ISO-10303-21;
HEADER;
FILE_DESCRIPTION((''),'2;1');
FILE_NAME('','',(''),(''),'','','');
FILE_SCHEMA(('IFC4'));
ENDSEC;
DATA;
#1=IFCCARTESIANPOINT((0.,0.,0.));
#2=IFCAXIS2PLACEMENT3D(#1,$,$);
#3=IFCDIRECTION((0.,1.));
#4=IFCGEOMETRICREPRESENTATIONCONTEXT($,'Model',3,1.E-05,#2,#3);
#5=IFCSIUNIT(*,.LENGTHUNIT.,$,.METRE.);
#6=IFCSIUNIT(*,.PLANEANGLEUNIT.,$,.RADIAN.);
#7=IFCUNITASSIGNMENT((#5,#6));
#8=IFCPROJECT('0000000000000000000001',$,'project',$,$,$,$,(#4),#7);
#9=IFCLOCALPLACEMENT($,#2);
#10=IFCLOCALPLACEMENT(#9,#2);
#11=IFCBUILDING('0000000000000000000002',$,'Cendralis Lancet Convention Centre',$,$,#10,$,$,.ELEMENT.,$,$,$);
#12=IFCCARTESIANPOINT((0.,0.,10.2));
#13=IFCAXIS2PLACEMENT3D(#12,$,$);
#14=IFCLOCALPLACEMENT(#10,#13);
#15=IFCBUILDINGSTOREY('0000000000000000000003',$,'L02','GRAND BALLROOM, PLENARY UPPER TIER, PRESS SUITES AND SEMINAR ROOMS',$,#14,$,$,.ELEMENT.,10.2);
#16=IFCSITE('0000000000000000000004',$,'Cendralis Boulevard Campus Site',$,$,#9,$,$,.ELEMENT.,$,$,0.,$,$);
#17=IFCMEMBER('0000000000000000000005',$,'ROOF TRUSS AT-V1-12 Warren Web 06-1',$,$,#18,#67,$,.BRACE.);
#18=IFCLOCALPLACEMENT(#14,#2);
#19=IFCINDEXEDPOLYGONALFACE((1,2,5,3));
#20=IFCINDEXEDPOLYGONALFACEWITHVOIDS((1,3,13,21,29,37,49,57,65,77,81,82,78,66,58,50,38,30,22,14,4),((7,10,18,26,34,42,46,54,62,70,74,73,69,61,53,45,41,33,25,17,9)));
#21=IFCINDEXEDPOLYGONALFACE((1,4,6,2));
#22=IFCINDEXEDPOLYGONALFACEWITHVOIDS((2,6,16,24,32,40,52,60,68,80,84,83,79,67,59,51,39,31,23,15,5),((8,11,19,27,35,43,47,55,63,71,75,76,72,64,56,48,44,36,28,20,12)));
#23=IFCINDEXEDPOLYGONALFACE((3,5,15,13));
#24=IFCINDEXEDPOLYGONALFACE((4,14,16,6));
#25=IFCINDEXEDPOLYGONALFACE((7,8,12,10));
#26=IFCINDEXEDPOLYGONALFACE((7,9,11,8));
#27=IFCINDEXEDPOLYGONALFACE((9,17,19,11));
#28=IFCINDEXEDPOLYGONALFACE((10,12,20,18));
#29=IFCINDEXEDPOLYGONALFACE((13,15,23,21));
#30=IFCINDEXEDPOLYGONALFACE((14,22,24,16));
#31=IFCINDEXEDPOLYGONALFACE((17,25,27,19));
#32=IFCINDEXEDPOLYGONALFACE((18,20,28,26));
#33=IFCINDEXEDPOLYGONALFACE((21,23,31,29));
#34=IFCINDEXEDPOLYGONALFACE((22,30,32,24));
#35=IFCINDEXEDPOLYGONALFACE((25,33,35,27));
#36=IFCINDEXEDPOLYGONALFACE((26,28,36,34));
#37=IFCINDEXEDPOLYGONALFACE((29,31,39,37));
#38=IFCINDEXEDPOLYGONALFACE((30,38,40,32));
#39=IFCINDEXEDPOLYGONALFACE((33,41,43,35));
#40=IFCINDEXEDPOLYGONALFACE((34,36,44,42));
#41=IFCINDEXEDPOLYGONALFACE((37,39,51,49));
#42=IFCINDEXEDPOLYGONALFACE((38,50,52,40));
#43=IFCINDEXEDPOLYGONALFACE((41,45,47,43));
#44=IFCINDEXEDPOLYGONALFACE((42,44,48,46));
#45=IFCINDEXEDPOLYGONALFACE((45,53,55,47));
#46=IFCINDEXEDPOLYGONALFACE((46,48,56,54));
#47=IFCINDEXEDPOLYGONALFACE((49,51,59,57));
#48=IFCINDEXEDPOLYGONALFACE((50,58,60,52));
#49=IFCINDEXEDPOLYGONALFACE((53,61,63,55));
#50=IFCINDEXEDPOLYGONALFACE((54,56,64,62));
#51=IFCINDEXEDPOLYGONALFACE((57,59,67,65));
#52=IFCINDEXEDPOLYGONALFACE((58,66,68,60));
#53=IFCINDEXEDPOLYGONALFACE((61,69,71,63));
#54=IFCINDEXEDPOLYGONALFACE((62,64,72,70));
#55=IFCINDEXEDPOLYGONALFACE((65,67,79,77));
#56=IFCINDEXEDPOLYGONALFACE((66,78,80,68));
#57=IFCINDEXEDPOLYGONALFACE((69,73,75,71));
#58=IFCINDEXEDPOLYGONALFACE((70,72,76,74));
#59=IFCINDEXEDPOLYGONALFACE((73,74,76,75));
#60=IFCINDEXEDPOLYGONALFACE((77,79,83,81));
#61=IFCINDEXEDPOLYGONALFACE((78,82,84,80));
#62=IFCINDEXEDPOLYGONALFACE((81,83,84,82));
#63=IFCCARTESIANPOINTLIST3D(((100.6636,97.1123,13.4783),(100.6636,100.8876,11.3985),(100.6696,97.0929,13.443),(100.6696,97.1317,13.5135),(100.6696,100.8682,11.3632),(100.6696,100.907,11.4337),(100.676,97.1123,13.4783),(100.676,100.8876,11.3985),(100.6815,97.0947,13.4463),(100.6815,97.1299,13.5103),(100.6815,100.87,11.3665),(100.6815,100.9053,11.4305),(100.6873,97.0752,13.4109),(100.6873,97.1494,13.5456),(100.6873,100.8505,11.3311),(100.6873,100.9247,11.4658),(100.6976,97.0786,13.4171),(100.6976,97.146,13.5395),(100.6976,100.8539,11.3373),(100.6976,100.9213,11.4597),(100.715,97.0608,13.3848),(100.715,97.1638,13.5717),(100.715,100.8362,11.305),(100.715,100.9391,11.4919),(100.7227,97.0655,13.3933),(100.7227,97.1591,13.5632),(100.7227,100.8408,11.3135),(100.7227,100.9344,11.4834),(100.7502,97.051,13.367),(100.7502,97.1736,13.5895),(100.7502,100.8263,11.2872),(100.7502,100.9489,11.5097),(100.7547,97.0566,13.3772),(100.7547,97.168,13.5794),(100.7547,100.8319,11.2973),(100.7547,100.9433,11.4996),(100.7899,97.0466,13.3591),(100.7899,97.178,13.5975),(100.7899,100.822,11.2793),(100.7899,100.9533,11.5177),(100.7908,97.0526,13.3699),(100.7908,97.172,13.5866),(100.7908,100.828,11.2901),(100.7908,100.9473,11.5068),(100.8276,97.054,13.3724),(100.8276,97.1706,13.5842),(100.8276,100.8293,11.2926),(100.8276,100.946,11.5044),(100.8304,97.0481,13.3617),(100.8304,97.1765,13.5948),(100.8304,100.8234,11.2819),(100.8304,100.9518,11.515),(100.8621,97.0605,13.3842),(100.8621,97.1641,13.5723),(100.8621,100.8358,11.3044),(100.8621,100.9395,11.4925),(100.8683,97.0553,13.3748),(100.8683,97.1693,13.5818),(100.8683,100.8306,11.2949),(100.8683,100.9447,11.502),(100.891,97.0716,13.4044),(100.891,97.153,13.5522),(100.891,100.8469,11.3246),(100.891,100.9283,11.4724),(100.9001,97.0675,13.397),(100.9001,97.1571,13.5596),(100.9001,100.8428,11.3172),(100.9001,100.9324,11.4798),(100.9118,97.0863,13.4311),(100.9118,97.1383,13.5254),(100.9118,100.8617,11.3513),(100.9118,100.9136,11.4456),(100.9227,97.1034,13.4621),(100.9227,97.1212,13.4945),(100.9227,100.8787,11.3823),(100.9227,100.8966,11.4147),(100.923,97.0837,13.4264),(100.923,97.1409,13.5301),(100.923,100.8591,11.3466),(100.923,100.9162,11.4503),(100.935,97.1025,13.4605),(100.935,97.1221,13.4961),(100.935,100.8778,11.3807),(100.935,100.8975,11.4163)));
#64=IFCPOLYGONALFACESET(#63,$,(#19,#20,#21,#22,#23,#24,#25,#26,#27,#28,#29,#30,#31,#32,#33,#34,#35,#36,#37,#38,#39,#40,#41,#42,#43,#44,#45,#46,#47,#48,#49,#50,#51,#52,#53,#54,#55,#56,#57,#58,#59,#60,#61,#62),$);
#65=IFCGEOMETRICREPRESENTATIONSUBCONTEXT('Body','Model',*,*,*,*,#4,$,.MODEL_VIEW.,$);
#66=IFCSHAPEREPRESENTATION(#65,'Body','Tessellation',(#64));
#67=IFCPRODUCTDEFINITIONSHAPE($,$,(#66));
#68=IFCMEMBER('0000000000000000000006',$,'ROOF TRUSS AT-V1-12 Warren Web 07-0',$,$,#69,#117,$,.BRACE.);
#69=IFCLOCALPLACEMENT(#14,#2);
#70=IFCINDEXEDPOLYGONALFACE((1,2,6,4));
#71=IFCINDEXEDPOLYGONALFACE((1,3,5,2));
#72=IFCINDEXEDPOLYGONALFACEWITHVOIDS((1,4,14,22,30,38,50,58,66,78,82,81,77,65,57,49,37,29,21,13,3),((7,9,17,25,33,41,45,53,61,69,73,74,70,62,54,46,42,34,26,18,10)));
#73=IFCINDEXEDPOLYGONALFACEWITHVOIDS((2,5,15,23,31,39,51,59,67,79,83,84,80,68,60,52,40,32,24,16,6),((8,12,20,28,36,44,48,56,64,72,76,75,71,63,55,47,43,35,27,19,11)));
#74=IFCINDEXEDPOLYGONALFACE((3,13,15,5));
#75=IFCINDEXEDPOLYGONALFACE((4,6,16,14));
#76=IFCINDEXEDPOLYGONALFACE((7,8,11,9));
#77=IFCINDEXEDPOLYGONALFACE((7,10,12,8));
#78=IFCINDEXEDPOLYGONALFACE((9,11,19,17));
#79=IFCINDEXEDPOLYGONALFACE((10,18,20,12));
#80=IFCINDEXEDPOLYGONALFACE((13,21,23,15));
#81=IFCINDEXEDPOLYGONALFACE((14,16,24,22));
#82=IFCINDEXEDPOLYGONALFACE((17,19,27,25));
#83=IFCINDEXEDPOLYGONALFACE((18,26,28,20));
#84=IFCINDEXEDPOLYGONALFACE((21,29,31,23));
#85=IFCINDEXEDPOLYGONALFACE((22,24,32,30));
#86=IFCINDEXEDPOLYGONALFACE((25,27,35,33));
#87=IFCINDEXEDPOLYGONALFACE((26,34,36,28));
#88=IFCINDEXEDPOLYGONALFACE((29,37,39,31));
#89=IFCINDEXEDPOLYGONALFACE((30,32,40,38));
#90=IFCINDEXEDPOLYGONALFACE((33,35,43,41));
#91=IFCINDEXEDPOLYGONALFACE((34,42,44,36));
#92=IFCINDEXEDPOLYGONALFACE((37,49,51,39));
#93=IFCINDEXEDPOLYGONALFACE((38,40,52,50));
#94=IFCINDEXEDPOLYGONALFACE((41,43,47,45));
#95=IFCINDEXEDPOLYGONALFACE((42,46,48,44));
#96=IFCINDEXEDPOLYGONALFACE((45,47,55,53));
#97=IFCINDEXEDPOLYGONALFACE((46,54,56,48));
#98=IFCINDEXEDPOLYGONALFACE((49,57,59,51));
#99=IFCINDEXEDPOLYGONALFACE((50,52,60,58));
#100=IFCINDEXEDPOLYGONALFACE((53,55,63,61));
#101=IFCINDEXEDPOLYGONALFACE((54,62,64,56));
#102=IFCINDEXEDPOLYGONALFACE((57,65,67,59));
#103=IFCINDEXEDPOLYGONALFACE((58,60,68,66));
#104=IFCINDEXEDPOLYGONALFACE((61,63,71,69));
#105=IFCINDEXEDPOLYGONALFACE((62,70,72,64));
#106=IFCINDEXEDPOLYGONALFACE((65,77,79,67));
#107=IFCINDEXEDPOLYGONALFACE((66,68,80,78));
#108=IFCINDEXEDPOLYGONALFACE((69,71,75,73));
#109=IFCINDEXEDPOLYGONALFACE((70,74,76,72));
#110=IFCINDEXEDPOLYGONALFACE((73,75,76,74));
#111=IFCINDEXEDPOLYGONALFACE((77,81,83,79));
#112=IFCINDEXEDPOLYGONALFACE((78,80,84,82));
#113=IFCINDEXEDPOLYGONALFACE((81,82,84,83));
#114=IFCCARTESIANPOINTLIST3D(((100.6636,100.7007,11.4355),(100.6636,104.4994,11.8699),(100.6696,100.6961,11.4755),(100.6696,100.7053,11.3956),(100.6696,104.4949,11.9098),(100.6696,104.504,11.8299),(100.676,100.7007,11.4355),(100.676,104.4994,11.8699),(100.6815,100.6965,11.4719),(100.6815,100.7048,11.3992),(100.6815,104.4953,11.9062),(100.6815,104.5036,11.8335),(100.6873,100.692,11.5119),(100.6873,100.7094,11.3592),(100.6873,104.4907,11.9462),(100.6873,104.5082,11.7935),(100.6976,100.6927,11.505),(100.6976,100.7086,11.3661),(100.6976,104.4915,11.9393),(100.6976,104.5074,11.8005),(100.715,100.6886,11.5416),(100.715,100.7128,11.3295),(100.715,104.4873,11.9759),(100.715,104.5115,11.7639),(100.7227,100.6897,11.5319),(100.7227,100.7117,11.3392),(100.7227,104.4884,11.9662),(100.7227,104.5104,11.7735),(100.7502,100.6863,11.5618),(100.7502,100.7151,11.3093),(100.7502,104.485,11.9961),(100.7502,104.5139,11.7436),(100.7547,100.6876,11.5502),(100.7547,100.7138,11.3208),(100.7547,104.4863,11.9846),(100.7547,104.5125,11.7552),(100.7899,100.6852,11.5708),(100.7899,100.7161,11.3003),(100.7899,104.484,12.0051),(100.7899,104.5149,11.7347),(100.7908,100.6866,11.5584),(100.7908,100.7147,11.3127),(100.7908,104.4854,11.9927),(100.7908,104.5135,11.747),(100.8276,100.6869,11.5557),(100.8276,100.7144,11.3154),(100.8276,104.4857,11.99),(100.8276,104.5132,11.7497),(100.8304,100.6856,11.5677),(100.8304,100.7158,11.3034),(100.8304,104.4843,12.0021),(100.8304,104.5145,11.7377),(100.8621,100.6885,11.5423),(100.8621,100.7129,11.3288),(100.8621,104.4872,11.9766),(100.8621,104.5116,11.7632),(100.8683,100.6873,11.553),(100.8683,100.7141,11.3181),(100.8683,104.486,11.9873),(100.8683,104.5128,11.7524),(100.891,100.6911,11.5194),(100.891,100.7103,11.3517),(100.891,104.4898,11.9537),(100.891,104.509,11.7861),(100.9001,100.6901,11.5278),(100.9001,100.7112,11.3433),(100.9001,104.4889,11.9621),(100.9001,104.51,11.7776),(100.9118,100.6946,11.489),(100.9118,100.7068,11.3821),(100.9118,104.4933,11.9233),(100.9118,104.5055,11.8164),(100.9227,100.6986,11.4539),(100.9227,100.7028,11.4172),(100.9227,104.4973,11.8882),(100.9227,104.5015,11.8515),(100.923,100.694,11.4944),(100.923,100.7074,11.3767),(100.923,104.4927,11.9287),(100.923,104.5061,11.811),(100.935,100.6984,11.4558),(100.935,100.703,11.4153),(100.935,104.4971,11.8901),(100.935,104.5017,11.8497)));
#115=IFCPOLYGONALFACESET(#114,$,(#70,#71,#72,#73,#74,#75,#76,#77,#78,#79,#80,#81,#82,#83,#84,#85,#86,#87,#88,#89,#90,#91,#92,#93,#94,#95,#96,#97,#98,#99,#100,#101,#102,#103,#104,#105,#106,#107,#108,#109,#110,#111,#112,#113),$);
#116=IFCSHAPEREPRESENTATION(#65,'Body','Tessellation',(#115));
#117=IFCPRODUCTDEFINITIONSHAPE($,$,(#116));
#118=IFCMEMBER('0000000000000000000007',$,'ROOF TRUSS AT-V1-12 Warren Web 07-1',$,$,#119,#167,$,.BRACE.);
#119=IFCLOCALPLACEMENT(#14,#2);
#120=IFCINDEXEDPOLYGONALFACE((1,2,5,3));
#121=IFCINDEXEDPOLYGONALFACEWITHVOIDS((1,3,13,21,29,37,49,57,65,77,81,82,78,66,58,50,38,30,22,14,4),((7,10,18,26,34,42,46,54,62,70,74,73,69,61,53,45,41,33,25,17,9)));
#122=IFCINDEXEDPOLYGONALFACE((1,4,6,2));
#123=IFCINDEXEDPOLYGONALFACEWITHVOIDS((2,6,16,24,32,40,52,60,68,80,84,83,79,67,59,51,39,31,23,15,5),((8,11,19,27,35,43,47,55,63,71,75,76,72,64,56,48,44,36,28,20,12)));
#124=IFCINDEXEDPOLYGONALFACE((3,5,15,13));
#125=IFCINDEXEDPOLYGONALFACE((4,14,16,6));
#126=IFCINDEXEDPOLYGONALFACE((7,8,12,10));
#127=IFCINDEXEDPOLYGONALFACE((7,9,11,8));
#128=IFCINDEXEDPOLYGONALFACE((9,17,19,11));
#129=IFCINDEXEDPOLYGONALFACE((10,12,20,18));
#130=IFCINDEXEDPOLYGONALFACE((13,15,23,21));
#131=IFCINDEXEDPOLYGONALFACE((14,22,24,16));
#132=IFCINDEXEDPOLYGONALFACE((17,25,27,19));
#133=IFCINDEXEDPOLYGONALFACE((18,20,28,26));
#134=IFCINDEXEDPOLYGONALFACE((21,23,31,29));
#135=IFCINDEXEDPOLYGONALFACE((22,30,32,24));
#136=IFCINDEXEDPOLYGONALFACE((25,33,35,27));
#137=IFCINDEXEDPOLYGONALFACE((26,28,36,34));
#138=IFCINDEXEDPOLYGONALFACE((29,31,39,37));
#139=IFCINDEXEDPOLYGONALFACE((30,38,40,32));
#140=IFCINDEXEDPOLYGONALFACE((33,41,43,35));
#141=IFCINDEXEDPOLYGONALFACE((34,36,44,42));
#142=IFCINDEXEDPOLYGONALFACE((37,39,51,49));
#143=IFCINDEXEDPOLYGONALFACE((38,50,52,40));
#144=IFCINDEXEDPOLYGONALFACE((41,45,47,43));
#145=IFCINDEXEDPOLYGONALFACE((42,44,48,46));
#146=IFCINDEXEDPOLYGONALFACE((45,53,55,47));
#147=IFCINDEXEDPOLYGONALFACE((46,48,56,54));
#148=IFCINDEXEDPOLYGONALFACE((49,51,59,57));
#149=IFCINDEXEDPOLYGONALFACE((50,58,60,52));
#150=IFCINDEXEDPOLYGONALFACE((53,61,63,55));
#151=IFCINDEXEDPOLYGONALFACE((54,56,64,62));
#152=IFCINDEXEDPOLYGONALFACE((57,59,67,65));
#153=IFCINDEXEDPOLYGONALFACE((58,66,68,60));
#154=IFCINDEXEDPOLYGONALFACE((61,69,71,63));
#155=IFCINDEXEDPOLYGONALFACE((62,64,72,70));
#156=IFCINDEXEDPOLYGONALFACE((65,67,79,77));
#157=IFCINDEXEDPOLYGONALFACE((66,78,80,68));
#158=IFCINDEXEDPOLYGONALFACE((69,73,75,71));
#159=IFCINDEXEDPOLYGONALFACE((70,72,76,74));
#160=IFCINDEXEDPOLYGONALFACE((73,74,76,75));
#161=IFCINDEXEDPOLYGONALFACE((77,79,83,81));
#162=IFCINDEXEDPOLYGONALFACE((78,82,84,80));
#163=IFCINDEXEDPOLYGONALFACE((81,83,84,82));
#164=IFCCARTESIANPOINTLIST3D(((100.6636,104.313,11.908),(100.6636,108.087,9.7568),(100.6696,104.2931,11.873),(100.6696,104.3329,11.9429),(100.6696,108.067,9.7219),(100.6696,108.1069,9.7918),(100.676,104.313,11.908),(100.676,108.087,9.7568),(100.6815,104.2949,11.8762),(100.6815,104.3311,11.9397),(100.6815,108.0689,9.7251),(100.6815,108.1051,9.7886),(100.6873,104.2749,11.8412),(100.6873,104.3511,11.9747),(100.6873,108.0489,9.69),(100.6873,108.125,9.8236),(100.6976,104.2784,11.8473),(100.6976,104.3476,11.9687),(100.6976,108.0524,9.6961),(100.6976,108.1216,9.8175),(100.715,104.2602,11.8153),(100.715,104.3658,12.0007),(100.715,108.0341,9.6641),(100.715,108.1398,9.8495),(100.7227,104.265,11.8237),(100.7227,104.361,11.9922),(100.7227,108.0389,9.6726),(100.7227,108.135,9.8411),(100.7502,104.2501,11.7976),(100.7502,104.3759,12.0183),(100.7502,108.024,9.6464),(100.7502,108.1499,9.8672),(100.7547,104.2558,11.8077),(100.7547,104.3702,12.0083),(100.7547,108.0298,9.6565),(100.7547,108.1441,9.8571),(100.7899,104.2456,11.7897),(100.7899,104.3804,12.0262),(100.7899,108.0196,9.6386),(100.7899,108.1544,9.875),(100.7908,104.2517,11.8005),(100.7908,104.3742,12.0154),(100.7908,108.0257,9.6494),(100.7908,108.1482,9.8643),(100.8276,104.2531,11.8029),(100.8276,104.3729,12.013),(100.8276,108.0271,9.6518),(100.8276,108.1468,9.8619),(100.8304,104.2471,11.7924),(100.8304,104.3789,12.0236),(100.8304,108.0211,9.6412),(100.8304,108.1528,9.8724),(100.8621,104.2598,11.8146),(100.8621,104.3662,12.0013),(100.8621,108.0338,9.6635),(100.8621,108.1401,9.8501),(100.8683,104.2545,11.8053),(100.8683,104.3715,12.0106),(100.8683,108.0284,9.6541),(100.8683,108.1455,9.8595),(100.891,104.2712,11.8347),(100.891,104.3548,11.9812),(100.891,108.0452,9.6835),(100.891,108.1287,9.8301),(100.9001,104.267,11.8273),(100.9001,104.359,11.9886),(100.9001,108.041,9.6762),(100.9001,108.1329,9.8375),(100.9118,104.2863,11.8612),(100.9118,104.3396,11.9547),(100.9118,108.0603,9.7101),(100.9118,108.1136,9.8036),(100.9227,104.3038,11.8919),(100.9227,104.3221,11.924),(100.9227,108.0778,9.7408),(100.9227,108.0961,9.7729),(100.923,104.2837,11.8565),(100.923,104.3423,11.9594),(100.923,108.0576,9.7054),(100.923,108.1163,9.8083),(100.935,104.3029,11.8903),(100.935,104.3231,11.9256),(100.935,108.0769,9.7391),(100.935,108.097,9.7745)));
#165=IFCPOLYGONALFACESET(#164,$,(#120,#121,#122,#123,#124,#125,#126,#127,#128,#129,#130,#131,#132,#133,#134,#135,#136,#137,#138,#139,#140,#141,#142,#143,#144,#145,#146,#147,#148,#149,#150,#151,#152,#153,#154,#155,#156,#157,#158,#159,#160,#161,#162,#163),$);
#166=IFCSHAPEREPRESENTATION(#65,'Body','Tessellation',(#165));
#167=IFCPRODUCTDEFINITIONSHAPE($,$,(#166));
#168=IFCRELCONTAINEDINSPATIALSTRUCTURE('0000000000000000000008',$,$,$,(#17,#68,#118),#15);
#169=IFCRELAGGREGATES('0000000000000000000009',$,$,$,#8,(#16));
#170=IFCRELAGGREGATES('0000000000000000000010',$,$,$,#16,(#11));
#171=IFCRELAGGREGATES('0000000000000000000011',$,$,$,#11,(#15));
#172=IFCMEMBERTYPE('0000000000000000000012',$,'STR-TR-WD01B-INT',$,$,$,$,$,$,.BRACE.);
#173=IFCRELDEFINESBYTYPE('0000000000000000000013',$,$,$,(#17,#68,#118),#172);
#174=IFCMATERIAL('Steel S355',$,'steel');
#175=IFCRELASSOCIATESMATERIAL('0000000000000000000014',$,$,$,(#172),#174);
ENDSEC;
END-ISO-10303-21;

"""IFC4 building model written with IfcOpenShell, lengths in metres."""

from ifc_helpers import new_model, si_unit, direction, frame, origin, origin_2d, place, context, subcontext, project, spatial, hollow_circle, extrude, material, material_profile, profile_set, type_object, element, save


model = new_model("IFC4")

# Units and contexts
model_context = context("Model", 3, precision=1e-05, world=origin(), true_north=direction((0.0, 1.0)))
body_context = subcontext(model_context, "Body", "Model", "MODEL_VIEW")
ifc_project = project(units=[si_unit("LENGTHUNIT", "METRE"), si_unit("PLANEANGLEUNIT", "RADIAN")], contexts=[model_context])

# Site, building, storey
site_placement = place(None, origin())
site = spatial("IfcSite", under=ifc_project, at=site_placement, Name="Cendralis Boulevard Campus Site", CompositionType="ELEMENT", RefElevation=0.0)
building_placement = place(site_placement, origin())
building = spatial("IfcBuilding", under=site, at=building_placement, Name="Cendralis Lancet Convention Centre", CompositionType="ELEMENT")
storey_placement = place(building_placement, frame((0.0, 0.0, 10.2)))
storey = spatial("IfcBuildingStorey", under=building, at=storey_placement, Name="L02", Description="GRAND BALLROOM, PLENARY UPPER TIER, PRESS SUITES AND SEMINAR ROOMS", CompositionType="ELEMENT", Elevation=10.2)

# Members
ifc_material = material(Name="Steel S355", Category="steel")
ifc_material_profile_1 = material_profile(ifc_material, hollow_circle(Radius=0.1365, WallThickness=0.0125, at=origin_2d()), Name="CHS 273.0x12.5")
ifc_profile_set_1 = profile_set([ifc_material_profile_1], Name="Steel S355")
member_type_1 = type_object("IfcMemberType", Name="STR-TR-WD01B-INT", PredefinedType="BRACE", material=ifc_profile_set_1)
member_1_placement = place(storey_placement, frame((100.8, 97.1123, 13.4783), z_axis=(0.0, 0.875886, -0.482519), x_axis=(-1.0, 0.0, 0.0)))
element("IfcMember", 1, at=member_1_placement, inside=storey, type_object=member_type_1, Name="ROOF TRUSS AT-V1-12 Warren Web 06-1", PredefinedType="BRACE", context=body_context, shape_type="SweptSolid", body=[
    extrude(hollow_circle(Radius=0.1365, WallThickness=0.0125, at=origin_2d()), origin(), (0.0, 0.0, 1.0), 4.3103),
])
member_2_placement = place(storey_placement, frame((100.8, 100.7007, 11.4355), z_axis=(0.0, 0.993528, 0.113592), x_axis=(-1.0, 0.0, 0.0)))
element("IfcMember", 2, at=member_2_placement, inside=storey, type_object=member_type_1, Name="ROOF TRUSS AT-V1-12 Warren Web 07-0", PredefinedType="BRACE", context=body_context, shape_type="SweptSolid", body=[
    extrude(hollow_circle(Radius=0.1365, WallThickness=0.0125, at=origin_2d()), origin(), (0.0, 0.0, 1.0), 3.8235),
])
member_3_placement = place(storey_placement, frame((100.8, 104.313, 11.908), z_axis=(0.0, 0.868779, -0.4952), x_axis=(-1.0, 0.0, 0.0)))
element("IfcMember", 3, at=member_3_placement, inside=storey, type_object=member_type_1, Name="ROOF TRUSS AT-V1-12 Warren Web 07-1", PredefinedType="BRACE", context=body_context, shape_type="SweptSolid", body=[
    extrude(hollow_circle(Radius=0.1365, WallThickness=0.0125, at=origin_2d()), origin(), (0.0, 0.0, 1.0), 4.344),
])

save(model, "model.ifc")
